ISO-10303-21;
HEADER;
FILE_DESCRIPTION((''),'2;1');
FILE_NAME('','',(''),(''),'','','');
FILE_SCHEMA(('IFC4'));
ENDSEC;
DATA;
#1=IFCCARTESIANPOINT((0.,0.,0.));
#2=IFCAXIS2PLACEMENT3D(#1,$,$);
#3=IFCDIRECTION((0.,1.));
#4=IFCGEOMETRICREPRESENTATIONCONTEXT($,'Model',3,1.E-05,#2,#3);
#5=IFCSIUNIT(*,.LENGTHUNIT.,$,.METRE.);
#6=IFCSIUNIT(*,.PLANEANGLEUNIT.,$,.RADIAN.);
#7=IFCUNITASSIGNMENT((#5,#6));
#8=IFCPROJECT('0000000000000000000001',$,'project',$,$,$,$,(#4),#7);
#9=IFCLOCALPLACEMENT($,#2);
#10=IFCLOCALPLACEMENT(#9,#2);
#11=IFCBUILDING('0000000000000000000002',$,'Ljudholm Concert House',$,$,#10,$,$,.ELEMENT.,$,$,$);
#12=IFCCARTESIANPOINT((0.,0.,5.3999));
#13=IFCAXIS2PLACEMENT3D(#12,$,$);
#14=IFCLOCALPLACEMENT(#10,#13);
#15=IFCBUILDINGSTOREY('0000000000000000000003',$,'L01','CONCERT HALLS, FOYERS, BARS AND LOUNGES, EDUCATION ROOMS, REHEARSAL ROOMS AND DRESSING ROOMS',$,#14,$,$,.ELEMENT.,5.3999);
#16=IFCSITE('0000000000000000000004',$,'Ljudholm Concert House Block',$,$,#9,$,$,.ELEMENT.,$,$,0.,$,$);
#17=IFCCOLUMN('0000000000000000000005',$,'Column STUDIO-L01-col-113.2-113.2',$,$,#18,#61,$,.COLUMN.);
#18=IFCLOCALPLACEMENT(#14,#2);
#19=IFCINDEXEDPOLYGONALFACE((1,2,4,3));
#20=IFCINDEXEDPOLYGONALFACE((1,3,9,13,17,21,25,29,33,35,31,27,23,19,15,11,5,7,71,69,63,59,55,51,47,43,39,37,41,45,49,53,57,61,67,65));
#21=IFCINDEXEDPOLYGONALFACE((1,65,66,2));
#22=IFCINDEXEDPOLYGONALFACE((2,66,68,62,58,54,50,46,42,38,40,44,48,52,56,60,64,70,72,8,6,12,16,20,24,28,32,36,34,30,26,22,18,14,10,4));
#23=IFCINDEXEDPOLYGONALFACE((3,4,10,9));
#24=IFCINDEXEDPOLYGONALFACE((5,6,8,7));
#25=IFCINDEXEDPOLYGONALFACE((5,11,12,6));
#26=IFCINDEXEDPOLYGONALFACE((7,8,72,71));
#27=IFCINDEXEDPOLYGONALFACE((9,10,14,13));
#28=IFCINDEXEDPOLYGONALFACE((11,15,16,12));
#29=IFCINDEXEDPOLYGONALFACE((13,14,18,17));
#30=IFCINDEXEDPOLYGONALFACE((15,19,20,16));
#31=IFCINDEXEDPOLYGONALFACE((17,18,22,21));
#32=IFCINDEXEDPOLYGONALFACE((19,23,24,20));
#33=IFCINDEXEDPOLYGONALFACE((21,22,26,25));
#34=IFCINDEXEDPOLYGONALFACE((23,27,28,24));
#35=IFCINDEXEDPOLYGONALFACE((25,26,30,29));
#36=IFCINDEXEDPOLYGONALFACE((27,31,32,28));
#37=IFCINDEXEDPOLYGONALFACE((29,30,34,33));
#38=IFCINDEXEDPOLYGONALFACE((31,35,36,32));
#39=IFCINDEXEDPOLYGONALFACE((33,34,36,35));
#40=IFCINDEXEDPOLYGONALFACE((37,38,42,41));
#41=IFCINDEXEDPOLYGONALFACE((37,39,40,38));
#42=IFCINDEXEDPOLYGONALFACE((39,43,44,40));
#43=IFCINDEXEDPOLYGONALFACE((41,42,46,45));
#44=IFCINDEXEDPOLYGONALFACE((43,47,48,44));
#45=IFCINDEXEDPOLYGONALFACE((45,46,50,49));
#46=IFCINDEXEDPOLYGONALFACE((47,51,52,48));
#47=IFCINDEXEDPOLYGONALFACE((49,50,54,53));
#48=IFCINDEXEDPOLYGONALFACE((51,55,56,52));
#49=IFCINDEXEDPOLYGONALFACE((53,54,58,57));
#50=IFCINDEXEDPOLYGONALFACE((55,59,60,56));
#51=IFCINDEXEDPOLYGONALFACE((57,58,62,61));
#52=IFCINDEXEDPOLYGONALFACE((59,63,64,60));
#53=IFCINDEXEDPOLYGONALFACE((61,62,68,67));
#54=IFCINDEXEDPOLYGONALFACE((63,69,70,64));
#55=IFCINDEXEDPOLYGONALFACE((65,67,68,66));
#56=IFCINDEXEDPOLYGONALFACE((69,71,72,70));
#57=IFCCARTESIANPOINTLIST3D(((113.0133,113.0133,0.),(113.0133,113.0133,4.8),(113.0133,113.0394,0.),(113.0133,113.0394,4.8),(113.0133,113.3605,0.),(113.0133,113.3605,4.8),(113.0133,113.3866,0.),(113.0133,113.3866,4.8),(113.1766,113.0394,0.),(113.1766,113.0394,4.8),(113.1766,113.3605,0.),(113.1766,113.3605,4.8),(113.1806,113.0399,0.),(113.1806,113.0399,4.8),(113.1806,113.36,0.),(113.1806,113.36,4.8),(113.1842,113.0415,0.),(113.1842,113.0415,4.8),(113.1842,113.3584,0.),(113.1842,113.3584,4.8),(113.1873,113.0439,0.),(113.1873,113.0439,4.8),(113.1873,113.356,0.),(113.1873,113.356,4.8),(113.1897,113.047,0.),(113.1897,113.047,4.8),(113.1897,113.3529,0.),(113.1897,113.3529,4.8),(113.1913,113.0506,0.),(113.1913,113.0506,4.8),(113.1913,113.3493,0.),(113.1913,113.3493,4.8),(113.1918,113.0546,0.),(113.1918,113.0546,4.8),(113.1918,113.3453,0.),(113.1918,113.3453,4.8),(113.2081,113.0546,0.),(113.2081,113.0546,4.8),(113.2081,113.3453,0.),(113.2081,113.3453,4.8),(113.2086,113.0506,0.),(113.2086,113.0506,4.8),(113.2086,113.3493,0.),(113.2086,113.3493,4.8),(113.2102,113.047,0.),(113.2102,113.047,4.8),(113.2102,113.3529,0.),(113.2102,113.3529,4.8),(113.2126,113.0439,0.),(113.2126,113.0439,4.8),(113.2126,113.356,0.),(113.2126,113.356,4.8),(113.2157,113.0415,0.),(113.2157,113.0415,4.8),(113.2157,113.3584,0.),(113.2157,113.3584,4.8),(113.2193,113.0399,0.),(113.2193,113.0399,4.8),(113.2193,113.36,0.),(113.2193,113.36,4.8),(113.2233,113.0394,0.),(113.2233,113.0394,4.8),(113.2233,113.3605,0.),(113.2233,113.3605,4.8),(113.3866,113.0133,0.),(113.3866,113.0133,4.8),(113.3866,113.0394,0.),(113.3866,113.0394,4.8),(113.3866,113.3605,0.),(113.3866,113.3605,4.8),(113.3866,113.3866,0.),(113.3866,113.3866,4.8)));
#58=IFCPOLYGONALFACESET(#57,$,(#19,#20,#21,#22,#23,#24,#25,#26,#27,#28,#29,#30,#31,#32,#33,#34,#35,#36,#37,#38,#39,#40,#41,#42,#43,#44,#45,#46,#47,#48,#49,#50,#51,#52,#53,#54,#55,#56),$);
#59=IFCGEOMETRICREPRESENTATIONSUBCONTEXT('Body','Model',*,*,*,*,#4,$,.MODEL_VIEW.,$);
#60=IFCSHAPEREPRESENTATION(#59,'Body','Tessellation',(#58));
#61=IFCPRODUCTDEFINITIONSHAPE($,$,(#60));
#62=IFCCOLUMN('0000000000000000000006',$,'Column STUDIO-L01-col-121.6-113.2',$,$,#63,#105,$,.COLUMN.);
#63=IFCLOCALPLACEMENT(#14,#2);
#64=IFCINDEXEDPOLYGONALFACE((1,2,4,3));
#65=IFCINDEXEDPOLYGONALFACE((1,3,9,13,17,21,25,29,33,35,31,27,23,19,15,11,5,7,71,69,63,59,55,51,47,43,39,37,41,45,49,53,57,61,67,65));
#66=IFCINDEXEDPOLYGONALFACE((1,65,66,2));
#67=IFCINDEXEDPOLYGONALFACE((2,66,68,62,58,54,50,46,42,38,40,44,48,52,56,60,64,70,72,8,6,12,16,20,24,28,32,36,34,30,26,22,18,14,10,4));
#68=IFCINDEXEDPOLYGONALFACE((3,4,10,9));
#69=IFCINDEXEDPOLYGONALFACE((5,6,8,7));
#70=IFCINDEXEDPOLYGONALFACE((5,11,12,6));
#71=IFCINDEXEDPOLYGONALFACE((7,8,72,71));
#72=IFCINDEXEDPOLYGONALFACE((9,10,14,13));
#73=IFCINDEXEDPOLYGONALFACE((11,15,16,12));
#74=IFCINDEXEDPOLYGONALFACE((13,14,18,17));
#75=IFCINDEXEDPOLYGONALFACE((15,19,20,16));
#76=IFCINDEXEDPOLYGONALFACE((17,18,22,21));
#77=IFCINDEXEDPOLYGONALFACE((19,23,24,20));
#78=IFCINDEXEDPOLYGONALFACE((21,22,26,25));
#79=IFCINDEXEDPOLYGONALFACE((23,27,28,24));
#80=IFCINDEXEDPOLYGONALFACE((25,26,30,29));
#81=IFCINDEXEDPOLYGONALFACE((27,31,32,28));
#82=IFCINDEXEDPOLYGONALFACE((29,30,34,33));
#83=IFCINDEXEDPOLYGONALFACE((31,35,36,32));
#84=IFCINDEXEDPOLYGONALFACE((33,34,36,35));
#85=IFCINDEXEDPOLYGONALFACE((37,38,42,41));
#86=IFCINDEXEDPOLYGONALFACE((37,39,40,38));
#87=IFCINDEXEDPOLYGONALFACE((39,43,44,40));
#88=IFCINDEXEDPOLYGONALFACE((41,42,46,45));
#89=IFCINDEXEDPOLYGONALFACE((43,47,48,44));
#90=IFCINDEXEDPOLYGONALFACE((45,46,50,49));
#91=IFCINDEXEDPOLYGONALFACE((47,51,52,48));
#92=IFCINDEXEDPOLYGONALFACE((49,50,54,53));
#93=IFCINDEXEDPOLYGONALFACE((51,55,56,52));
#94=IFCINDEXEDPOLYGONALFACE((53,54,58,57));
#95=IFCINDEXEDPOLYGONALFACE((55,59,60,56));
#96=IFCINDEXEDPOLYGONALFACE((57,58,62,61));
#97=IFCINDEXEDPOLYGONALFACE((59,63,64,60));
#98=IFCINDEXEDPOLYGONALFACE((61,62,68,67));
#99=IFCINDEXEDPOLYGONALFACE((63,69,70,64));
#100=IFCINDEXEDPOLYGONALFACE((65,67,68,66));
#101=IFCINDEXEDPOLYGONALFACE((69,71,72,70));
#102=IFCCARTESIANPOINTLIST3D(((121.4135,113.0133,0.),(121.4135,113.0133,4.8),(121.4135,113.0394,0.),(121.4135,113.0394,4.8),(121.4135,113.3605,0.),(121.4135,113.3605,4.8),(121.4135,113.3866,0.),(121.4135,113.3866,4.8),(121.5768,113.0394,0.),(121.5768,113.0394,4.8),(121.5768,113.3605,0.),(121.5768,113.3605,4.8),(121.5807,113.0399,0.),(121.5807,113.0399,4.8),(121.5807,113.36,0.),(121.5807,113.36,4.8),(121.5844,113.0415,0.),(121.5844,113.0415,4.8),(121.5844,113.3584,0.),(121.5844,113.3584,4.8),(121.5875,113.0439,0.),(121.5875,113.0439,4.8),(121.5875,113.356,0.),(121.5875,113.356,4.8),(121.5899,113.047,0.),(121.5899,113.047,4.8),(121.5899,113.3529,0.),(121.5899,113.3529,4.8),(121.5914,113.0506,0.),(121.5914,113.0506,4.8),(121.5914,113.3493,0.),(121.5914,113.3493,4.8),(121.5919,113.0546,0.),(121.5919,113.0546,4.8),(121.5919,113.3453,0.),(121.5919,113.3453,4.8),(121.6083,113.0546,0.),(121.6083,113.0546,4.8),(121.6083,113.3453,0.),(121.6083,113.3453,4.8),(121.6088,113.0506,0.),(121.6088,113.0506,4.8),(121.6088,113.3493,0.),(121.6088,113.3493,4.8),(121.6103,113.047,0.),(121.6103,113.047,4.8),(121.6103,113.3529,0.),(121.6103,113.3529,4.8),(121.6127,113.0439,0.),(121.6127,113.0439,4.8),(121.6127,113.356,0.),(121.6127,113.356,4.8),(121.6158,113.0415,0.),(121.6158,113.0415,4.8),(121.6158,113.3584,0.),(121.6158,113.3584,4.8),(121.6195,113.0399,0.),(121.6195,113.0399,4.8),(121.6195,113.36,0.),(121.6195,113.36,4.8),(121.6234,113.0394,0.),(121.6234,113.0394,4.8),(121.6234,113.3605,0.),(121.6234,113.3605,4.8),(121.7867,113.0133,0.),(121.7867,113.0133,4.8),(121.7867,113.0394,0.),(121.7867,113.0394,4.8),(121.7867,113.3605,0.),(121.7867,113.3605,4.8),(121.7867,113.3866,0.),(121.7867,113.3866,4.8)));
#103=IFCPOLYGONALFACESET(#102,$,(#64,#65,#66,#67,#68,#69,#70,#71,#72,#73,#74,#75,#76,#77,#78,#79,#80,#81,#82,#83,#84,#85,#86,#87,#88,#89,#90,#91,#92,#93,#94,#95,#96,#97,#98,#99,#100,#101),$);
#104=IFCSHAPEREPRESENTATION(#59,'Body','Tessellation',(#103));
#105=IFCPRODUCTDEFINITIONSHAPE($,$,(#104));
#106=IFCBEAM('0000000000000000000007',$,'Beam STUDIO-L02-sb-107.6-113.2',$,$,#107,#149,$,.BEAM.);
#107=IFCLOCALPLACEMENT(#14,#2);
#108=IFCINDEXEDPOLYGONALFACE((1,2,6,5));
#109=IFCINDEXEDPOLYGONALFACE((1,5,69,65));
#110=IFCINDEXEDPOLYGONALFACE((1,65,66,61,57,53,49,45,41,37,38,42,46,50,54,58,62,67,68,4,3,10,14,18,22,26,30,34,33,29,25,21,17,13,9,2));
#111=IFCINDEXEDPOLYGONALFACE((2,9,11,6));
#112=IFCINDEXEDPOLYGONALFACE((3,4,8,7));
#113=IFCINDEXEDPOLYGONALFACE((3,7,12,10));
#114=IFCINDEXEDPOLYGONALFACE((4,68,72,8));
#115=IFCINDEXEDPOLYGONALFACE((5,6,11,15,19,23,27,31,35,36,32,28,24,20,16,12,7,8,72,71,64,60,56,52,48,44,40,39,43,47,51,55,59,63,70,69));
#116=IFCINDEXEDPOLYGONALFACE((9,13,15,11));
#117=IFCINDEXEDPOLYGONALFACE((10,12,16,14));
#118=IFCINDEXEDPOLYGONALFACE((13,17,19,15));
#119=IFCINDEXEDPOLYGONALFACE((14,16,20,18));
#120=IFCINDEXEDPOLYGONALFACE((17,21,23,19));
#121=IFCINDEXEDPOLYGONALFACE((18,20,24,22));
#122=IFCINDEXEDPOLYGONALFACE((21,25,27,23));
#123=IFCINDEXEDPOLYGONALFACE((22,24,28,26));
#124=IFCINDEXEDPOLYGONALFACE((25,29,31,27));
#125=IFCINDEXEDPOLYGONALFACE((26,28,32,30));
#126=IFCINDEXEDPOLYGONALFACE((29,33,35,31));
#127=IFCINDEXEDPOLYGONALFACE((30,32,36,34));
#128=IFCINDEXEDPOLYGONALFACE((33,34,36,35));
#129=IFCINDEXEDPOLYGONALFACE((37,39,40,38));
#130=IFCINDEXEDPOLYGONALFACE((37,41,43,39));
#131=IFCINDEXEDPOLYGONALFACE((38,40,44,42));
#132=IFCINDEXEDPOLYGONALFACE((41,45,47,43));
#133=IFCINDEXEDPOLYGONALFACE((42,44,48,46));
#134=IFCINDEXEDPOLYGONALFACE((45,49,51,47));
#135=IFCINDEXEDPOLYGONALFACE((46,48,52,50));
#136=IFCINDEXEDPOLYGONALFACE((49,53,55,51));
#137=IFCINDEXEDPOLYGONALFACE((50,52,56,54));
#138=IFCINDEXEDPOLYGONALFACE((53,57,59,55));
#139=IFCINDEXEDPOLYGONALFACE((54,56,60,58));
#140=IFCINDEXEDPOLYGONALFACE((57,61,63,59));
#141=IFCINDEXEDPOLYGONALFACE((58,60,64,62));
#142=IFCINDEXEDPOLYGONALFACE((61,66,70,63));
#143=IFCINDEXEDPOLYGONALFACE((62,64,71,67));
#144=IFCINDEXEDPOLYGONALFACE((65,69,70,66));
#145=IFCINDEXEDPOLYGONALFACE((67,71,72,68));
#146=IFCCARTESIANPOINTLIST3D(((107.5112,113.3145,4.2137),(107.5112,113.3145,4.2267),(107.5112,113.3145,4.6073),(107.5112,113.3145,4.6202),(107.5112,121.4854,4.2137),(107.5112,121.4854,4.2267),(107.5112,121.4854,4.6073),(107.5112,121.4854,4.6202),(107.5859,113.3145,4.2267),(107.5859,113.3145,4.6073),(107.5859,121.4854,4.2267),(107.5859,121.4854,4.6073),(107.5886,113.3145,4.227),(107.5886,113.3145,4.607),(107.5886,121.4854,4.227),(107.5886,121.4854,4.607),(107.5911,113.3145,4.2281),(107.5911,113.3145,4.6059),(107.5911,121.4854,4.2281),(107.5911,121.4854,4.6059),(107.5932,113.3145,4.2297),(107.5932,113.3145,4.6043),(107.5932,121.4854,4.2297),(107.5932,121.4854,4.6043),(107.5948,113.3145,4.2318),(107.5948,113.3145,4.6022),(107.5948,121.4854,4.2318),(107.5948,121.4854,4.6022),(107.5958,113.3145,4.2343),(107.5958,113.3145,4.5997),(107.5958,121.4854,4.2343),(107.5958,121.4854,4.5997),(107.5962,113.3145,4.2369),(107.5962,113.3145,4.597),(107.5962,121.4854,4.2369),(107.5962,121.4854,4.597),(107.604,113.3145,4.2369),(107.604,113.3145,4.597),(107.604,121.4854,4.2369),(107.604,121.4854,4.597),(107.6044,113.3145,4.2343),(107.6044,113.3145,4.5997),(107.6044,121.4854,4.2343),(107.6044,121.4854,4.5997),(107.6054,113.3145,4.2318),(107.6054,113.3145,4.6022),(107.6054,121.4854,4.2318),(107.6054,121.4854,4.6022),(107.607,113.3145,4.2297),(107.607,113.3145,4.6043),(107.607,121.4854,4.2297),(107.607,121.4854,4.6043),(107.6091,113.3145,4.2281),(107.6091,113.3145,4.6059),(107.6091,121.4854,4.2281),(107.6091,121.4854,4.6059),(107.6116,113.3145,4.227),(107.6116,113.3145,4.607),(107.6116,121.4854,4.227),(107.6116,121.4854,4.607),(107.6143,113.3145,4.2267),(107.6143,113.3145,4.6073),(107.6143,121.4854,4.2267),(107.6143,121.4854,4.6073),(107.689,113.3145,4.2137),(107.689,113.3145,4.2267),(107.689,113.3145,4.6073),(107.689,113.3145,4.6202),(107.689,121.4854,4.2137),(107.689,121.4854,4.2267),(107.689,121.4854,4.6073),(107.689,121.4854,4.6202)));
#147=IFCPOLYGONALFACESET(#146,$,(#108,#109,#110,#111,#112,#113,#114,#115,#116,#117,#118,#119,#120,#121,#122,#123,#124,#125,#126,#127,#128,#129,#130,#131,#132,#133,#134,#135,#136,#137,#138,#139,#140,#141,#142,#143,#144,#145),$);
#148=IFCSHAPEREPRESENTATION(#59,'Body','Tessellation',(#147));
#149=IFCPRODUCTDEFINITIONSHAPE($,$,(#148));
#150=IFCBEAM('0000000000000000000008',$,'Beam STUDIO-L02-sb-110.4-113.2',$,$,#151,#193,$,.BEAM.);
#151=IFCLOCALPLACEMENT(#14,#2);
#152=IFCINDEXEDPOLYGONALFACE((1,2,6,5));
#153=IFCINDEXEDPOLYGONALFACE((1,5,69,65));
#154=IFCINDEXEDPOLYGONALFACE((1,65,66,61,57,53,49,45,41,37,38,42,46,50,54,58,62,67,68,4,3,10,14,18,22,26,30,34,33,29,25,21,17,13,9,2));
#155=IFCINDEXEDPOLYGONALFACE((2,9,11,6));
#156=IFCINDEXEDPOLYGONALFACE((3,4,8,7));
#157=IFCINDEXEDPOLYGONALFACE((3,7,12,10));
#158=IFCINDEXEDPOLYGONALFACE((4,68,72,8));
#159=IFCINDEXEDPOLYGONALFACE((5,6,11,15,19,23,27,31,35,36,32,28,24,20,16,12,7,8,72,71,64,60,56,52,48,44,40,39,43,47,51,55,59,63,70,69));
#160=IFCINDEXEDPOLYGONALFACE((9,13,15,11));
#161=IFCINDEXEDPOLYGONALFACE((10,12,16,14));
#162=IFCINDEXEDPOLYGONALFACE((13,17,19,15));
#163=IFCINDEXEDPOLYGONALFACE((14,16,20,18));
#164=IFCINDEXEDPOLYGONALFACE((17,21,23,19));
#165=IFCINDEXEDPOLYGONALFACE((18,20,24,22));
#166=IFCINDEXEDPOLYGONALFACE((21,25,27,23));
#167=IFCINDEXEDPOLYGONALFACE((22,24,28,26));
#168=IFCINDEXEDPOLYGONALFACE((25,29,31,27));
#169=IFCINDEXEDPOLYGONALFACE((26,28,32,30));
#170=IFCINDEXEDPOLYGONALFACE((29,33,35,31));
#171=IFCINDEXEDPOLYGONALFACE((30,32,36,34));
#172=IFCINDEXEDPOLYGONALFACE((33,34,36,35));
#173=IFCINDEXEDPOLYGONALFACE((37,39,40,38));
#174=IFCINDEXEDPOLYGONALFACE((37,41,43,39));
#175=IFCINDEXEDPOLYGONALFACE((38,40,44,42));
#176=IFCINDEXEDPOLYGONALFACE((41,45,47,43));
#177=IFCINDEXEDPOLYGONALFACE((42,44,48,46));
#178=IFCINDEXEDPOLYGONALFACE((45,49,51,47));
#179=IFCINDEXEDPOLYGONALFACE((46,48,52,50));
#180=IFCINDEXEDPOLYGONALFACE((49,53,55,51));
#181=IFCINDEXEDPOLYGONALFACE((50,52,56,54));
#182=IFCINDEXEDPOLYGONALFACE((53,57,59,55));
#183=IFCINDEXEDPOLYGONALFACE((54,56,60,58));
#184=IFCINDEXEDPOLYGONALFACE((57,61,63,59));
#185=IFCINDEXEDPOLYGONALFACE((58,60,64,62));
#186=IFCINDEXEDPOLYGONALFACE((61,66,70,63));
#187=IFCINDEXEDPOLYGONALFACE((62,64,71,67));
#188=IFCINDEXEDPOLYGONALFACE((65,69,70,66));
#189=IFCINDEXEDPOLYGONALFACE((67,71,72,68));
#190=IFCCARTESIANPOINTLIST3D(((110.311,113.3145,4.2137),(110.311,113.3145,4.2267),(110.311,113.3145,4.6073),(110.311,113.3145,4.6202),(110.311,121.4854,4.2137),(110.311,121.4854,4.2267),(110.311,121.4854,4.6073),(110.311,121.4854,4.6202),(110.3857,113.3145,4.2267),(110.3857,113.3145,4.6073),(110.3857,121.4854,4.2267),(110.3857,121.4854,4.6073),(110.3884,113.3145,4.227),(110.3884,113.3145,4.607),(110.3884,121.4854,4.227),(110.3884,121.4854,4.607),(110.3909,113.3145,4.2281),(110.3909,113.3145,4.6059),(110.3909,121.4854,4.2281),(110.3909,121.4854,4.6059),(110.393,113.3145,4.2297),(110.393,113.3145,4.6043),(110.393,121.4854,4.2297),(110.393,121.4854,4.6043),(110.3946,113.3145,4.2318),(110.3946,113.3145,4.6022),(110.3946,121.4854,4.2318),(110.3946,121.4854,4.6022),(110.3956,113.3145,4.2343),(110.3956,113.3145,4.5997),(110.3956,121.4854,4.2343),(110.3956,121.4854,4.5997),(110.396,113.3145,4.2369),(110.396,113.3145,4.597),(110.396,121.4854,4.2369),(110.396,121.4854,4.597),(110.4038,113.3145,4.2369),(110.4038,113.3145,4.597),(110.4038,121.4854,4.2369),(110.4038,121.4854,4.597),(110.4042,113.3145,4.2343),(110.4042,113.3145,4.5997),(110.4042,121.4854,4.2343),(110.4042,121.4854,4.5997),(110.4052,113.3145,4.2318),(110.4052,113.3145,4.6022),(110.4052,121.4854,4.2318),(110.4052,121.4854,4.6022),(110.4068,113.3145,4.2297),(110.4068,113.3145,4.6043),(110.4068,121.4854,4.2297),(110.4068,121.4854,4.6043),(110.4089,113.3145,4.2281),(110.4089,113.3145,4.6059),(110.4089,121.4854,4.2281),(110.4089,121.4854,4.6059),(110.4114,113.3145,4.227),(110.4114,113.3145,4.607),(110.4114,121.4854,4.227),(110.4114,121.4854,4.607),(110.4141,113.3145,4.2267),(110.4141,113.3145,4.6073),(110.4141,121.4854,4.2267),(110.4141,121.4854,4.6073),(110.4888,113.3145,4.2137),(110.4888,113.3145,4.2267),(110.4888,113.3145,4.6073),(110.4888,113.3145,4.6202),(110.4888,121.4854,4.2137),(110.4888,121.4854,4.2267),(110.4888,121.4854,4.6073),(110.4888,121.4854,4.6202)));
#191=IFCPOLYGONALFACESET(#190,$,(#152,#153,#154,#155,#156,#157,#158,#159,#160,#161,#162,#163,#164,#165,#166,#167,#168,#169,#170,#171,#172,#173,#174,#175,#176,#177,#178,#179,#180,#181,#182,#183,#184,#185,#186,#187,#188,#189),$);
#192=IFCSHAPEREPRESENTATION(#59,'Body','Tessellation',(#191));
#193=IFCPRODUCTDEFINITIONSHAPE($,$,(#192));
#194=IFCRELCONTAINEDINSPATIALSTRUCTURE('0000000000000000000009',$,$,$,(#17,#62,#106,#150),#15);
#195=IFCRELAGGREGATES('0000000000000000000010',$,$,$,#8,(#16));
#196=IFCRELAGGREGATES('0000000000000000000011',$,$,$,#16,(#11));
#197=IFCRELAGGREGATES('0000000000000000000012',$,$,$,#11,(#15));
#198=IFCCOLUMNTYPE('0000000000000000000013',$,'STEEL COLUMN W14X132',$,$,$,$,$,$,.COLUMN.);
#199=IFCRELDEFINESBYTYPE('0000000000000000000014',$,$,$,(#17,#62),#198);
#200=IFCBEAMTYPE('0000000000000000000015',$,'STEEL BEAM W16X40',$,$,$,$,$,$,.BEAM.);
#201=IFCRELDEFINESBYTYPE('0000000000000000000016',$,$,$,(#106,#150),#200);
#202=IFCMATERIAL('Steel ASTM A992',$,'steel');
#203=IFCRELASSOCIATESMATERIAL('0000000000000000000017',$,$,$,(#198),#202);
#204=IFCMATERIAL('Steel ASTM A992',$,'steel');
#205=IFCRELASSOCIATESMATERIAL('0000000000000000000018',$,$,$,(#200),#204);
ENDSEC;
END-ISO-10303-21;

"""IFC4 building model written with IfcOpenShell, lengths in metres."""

from ifc_helpers import new_model, si_unit, direction, frame, origin, origin_2d, place, context, subcontext, project, spatial, i_section, extrude, material, material_profile, profile_set, type_object, element, save


model = new_model("IFC4")

# Units and contexts
model_context = context("Model", 3, precision=1e-05, world=origin(), true_north=direction((0.0, 1.0)))
body_context = subcontext(model_context, "Body", "Model", "MODEL_VIEW")
ifc_project = project(units=[si_unit("LENGTHUNIT", "METRE"), si_unit("PLANEANGLEUNIT", "RADIAN")], contexts=[model_context])

# Site, building, storey
site_placement = place(None, origin())
site = spatial("IfcSite", under=ifc_project, at=site_placement, Name="Ljudholm Concert House Block", CompositionType="ELEMENT", RefElevation=0.0)
building_placement = place(site_placement, origin())
building = spatial("IfcBuilding", under=site, at=building_placement, Name="Ljudholm Concert House", CompositionType="ELEMENT")
storey_placement = place(building_placement, frame((0.0, 0.0, 5.3999)))
storey = spatial("IfcBuildingStorey", under=building, at=storey_placement, Name="L01", Description="CONCERT HALLS, FOYERS, BARS AND LOUNGES, EDUCATION ROOMS, REHEARSAL ROOMS AND DRESSING ROOMS", CompositionType="ELEMENT", Elevation=5.3999)

# Columns
ifc_material_1 = material(Name="Steel ASTM A992", Category="steel")
ifc_material_profile_1 = material_profile(ifc_material_1, i_section(OverallWidth=0.3733, OverallDepth=0.3733, WebThickness=0.0164, FlangeThickness=0.0261, FilletRadius=0.0151, at=origin_2d()), Name="W14X132")
ifc_profile_set_1 = profile_set([ifc_material_profile_1], Name="Steel ASTM A992")
column_type = type_object("IfcColumnType", Name="STEEL COLUMN W14X132", PredefinedType="COLUMN", material=ifc_profile_set_1)
for number, where, z_axis, x_axis, name in (
    (1, (113.2, 113.2, 0.0), (0.0, 0.0, 1.0), (1.0, 0.0, 0.0), "Column STUDIO-L01-col-113.2-113.2"),
    (2, (121.6001, 113.2, 0.0), (0.0, 0.0, 1.0), (1.0, 0.0, 0.0), "Column STUDIO-L01-col-121.6-113.2"),
):
    element("IfcColumn", number, at=place(storey_placement, frame(where, z_axis=z_axis, x_axis=x_axis)), inside=storey, type_object=column_type, Name=name, PredefinedType="COLUMN", context=body_context, shape_type="SweptSolid", body=[
        extrude(i_section(OverallWidth=0.3733, OverallDepth=0.3733, WebThickness=0.0164, FlangeThickness=0.0261, FilletRadius=0.0151, at=origin_2d()), origin(), (0.0, 0.0, 1.0), 4.8),
    ])

# Beams
ifc_material_2 = material(Name="Steel ASTM A992", Category="steel")
ifc_material_profile_2 = material_profile(ifc_material_2, i_section(OverallWidth=0.1777, OverallDepth=0.4065, WebThickness=0.0078, FlangeThickness=0.0129, FilletRadius=0.0103, at=origin_2d()), Name="W16X40")
ifc_profile_set_2 = profile_set([ifc_material_profile_2], Name="Steel ASTM A992")
beam_type_1 = type_object("IfcBeamType", Name="STEEL BEAM W16X40", PredefinedType="BEAM", material=ifc_profile_set_2)
for number, where, z_axis, x_axis, name in (
    (3, (107.6001, 113.3145, 4.417), (0.0, 1.0, 0.0), (-1.0, 0.0, 0.0), "Beam STUDIO-L02-sb-107.6-113.2"),
    (4, (110.3999, 113.3145, 4.417), (0.0, 1.0, 0.0), (-1.0, 0.0, 0.0), "Beam STUDIO-L02-sb-110.4-113.2"),
):
    element("IfcBeam", number, at=place(storey_placement, frame(where, z_axis=z_axis, x_axis=x_axis)), inside=storey, type_object=beam_type_1, Name=name, PredefinedType="BEAM", context=body_context, shape_type="SweptSolid", body=[
        extrude(i_section(OverallWidth=0.1777, OverallDepth=0.4065, WebThickness=0.0078, FlangeThickness=0.0129, FilletRadius=0.0103, at=origin_2d()), origin(), (0.0, 0.0, 1.0), 8.1709),
    ])

save(model, "model.ifc")
